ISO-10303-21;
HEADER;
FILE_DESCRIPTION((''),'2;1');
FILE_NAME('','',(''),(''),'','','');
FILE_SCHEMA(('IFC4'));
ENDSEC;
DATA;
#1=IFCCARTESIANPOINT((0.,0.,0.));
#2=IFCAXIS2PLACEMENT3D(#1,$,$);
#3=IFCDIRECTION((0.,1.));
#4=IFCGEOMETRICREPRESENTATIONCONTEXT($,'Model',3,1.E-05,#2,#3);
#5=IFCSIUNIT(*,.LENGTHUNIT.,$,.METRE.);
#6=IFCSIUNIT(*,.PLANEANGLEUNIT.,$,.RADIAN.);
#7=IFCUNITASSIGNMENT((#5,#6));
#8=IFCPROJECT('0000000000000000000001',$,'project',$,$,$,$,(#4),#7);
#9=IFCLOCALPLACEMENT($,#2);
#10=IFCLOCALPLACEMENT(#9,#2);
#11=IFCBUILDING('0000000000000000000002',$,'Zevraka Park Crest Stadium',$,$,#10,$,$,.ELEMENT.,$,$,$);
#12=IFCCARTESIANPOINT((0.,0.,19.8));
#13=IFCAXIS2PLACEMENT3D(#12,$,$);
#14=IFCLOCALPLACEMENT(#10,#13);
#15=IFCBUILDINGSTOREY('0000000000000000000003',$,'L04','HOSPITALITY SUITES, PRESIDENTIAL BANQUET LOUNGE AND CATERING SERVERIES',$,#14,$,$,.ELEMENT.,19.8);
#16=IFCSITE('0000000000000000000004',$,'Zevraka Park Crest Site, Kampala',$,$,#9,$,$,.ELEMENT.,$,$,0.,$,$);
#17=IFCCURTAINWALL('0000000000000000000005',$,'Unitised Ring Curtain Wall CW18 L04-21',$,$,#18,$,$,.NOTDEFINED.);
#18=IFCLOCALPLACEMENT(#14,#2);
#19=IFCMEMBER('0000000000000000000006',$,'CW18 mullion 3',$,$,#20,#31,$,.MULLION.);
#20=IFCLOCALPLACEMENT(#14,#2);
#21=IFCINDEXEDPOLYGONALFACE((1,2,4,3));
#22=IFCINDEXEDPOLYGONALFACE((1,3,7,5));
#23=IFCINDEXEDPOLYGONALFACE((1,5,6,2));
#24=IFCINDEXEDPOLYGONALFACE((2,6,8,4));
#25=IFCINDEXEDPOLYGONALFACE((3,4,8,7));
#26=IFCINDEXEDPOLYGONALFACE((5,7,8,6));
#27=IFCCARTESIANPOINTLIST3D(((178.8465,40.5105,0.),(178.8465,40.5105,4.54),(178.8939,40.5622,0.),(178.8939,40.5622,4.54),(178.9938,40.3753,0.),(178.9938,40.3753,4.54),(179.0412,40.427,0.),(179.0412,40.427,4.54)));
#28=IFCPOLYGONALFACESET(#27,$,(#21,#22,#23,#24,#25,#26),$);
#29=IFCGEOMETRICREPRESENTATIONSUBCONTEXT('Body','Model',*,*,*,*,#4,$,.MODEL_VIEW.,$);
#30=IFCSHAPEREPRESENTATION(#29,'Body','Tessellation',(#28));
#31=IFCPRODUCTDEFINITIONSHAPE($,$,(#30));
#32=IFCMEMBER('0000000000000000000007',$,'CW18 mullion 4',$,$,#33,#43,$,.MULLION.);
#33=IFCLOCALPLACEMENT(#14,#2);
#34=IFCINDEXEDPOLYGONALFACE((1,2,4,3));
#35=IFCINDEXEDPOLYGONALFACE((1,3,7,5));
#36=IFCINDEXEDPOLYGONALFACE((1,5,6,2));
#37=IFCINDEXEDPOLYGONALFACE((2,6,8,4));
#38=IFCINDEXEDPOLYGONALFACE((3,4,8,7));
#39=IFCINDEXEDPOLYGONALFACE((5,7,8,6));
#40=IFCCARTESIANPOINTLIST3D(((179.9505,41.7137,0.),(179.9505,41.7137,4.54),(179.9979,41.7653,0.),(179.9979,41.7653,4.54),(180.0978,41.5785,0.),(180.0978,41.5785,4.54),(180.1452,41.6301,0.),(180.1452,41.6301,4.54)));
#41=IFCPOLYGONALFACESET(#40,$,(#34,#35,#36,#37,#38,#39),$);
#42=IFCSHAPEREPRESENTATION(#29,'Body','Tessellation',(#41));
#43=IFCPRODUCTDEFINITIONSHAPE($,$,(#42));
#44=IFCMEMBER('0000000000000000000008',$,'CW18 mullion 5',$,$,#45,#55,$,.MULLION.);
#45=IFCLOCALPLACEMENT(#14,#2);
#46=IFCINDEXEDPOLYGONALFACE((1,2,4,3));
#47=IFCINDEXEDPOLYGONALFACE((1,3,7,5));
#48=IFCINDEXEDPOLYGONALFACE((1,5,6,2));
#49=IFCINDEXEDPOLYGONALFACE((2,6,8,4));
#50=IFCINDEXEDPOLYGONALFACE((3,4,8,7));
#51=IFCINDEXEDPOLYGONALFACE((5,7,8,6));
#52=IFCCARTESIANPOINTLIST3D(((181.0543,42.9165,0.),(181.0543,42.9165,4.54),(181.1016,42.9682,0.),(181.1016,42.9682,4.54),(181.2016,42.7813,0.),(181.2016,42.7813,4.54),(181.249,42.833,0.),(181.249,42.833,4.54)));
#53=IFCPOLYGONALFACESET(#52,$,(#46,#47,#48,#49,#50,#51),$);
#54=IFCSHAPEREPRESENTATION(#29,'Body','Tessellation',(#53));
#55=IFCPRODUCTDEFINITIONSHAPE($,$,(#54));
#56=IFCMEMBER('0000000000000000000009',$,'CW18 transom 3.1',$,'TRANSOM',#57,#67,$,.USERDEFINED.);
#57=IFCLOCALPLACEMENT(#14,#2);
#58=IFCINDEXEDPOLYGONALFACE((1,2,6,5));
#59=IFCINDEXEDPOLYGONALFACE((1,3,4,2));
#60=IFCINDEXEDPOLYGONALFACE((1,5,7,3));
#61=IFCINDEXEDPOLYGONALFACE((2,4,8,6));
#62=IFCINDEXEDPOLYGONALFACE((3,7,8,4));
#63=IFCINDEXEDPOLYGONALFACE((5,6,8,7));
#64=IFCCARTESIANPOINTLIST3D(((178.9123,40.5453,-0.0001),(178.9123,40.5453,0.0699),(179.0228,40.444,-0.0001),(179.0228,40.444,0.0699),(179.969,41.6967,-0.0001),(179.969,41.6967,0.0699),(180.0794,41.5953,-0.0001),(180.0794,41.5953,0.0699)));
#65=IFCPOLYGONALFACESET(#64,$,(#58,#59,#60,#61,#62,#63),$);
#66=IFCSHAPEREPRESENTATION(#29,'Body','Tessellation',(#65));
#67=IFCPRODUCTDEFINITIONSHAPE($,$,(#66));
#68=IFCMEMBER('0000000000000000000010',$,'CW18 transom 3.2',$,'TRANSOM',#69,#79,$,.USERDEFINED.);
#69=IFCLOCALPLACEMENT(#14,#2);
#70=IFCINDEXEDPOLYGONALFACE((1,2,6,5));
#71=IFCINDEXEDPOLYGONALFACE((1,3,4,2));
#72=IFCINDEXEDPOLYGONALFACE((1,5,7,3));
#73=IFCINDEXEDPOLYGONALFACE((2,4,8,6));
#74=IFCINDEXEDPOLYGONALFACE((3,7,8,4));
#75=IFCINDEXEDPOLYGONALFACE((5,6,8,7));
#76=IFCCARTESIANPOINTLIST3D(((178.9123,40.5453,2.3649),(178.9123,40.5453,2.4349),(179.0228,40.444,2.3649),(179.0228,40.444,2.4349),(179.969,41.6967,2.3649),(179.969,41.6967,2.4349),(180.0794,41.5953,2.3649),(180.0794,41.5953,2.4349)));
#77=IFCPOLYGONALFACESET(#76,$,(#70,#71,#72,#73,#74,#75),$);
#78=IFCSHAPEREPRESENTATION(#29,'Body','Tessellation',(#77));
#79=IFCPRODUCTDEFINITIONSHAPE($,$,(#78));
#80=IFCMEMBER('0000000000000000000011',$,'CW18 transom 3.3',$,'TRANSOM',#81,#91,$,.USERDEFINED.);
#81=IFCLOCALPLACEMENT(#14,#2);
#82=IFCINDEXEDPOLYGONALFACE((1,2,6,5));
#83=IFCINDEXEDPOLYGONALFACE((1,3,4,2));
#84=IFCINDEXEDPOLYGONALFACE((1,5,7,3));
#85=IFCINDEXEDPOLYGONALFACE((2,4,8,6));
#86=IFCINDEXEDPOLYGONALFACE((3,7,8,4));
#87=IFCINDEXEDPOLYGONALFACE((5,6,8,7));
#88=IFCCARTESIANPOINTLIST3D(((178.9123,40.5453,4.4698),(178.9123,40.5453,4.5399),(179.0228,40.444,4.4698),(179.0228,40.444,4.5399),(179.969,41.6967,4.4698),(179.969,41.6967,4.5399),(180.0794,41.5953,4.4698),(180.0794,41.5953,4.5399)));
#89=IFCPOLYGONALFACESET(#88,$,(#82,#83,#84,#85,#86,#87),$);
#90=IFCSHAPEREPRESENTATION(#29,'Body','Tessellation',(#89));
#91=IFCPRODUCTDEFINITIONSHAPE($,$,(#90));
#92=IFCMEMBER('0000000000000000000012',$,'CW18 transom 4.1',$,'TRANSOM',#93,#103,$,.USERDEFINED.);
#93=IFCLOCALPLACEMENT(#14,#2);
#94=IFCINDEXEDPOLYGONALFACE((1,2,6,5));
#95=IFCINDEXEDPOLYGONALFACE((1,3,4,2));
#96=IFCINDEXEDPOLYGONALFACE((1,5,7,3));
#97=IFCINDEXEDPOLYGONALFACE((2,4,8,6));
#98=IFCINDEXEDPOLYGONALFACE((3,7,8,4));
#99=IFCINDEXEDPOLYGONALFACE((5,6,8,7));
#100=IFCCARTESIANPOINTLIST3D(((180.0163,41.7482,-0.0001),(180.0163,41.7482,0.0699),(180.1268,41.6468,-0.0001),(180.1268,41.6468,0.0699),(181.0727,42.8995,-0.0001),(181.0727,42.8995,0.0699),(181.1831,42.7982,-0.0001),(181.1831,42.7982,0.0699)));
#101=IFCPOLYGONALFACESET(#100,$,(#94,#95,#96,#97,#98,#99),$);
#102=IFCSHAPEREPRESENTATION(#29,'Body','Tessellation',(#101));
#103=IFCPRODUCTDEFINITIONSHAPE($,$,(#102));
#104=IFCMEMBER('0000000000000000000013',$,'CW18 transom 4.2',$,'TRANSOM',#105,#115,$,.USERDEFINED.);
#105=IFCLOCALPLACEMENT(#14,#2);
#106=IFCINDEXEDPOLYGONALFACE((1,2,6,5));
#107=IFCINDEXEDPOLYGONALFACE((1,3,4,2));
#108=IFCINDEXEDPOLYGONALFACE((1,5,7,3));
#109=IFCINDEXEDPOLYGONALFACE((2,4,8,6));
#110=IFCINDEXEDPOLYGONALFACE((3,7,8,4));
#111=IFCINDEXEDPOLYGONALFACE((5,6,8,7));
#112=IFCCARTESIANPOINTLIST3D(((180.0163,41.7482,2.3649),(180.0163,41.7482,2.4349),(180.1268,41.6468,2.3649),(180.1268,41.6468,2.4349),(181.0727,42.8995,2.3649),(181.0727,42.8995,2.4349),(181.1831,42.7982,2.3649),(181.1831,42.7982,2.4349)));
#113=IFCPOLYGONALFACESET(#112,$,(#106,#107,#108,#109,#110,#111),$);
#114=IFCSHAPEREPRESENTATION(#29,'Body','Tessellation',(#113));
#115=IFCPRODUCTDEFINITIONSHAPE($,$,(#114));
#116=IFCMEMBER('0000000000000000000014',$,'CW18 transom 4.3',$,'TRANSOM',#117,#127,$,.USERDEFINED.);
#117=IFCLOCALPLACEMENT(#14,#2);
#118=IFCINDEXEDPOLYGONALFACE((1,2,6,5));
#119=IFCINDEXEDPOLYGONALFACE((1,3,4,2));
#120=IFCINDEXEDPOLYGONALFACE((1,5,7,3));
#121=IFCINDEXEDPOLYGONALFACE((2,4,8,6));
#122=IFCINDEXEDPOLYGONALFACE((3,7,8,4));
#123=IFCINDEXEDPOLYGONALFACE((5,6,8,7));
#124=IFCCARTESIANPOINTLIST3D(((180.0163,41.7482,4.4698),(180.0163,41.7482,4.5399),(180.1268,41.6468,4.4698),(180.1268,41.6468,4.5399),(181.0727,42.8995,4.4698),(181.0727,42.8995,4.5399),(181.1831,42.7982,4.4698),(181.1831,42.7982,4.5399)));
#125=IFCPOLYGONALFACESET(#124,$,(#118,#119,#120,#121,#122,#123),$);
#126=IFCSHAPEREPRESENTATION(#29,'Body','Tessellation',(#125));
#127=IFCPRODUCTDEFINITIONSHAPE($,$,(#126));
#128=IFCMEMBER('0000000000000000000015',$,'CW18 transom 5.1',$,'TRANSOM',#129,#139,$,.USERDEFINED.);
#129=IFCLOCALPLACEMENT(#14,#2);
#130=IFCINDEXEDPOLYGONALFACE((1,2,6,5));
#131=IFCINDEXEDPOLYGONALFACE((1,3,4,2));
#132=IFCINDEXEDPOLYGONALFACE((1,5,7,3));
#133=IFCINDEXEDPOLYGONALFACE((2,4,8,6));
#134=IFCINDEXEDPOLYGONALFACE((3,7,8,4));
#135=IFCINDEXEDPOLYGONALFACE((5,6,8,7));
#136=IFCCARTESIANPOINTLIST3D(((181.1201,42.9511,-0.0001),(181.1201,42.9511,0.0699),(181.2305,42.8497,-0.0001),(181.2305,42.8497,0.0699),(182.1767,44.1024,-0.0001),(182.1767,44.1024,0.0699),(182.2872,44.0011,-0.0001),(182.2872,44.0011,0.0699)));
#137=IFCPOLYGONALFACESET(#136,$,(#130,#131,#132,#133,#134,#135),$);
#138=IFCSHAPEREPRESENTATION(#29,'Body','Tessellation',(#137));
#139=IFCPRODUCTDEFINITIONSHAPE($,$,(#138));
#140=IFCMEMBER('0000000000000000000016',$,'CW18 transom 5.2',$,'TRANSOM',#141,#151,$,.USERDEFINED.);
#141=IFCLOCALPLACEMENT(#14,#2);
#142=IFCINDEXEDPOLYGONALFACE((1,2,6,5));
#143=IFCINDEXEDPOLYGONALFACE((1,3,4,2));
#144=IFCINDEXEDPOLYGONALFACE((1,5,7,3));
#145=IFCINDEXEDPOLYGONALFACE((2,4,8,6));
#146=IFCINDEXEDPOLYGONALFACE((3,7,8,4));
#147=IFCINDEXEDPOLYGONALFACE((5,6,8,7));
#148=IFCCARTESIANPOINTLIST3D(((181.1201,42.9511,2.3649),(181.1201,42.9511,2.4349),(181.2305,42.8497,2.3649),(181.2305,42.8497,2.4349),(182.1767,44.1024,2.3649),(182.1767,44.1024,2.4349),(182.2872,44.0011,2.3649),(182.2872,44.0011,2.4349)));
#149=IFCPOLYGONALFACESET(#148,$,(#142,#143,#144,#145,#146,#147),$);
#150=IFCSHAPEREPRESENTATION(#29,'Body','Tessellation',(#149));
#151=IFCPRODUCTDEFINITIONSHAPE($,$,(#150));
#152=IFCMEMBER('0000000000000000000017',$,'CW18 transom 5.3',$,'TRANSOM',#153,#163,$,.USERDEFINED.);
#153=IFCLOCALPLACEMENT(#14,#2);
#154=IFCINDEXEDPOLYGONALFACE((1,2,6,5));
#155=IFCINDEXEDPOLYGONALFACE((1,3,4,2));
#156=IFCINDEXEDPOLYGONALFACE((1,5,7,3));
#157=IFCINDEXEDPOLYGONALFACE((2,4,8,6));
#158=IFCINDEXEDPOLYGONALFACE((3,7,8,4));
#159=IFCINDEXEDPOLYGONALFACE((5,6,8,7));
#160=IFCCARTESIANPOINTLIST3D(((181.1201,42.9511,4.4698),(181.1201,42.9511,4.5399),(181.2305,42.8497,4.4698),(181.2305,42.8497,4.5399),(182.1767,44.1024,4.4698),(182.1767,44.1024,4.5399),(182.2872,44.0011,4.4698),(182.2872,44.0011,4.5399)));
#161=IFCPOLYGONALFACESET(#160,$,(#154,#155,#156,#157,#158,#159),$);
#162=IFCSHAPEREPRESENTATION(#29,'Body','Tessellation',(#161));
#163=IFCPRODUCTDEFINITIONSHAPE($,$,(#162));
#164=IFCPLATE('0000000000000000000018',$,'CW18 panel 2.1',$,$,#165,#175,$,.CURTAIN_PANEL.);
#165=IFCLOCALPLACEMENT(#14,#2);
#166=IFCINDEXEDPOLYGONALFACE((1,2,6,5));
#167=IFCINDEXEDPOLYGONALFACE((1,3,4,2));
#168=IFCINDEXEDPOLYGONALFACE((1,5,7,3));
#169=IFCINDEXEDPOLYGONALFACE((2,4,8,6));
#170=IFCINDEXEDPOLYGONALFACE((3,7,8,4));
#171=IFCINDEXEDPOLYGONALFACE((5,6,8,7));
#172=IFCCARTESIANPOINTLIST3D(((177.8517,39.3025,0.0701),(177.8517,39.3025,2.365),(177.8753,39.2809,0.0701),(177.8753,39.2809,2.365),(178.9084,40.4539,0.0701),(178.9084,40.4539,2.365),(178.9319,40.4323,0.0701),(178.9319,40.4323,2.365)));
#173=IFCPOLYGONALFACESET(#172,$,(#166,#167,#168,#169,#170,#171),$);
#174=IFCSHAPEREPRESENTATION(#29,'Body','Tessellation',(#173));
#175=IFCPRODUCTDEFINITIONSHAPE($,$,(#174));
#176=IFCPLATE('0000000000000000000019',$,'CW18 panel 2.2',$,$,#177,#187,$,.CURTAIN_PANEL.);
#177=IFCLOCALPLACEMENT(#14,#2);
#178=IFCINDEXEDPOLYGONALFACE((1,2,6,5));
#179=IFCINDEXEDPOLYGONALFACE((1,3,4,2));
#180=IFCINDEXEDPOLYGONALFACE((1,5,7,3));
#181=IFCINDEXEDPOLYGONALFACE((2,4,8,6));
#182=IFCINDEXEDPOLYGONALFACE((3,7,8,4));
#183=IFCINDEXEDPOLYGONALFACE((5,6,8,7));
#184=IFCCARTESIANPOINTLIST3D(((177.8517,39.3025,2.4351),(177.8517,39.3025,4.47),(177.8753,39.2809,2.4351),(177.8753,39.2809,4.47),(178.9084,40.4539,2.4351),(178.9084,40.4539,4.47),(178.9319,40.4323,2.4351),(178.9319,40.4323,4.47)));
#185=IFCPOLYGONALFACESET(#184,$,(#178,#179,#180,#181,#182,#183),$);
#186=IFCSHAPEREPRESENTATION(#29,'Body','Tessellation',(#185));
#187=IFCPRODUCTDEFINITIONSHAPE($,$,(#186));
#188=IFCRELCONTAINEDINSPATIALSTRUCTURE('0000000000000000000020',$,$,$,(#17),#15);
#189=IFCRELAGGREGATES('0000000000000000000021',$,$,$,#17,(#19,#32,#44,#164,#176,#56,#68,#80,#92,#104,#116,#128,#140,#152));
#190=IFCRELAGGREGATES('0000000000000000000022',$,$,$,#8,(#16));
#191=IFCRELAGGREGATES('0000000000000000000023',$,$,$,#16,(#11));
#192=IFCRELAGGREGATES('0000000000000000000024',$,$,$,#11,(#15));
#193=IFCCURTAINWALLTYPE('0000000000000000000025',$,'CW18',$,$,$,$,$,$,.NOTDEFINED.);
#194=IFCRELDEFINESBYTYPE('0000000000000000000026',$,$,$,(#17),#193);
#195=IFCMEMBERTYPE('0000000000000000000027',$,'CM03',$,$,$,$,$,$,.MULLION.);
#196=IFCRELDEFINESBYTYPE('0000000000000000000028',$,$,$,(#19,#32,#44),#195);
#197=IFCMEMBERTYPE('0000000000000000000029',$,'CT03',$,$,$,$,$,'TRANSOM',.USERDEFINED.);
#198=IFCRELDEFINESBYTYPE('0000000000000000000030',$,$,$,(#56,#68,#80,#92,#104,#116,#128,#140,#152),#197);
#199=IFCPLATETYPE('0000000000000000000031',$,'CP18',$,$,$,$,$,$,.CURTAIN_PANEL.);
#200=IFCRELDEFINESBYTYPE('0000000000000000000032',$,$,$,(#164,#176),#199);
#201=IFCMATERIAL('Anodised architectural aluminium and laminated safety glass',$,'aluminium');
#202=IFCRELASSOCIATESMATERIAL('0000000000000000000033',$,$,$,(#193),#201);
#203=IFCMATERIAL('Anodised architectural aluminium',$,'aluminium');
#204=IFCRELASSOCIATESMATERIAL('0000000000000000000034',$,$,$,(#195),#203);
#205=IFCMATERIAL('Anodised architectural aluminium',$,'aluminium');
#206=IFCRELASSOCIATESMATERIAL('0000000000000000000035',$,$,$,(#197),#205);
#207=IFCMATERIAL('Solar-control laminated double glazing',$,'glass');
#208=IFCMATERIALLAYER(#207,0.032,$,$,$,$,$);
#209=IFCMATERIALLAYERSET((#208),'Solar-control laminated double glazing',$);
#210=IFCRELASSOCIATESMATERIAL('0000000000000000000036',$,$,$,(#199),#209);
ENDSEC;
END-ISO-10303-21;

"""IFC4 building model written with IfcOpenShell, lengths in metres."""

from ifc_helpers import new_model, si_unit, direction, frame, origin, origin_2d, place, context, subcontext, project, spatial, rectangle, extrude, material, layer, layer_set, material_profile, profile_set, type_object, element, aggregate, save


model = new_model("IFC4")

# Units and contexts
model_context = context("Model", 3, precision=1e-05, world=origin(), true_north=direction((0.0, 1.0)))
body_context = subcontext(model_context, "Body", "Model", "MODEL_VIEW")
ifc_project = project(units=[si_unit("LENGTHUNIT", "METRE"), si_unit("PLANEANGLEUNIT", "RADIAN")], contexts=[model_context])

# Site, building, storey
site_placement = place(None, origin())
site = spatial("IfcSite", under=ifc_project, at=site_placement, Name="Zevraka Park Crest Site, Kampala", CompositionType="ELEMENT", RefElevation=0.0)
building_placement = place(site_placement, origin())
building = spatial("IfcBuilding", under=site, at=building_placement, Name="Zevraka Park Crest Stadium", CompositionType="ELEMENT")
storey_placement = place(building_placement, frame((0.0, 0.0, 19.8)))
storey = spatial("IfcBuildingStorey", under=building, at=storey_placement, Name="L04", Description="HOSPITALITY SUITES, PRESIDENTIAL BANQUET LOUNGE AND CATERING SERVERIES", CompositionType="ELEMENT", Elevation=19.8)

# Curtain wall, members, plates
ifc_material_1 = material(Name="Anodised architectural aluminium and laminated safety glass", Category="aluminium")
curtain_wall_type = type_object("IfcCurtainWallType", Name="CW18", PredefinedType="NOTDEFINED", material=ifc_material_1)
curtain_wall_placement = place(storey_placement, origin())
curtain_wall = element("IfcCurtainWall", 1, at=curtain_wall_placement, inside=storey, type_object=curtain_wall_type, Name="Unitised Ring Curtain Wall CW18 L04-21", PredefinedType="NOTDEFINED")
ifc_material_2 = material(Name="Anodised architectural aluminium", Category="aluminium")
ifc_material_profile_1 = material_profile(ifc_material_2, rectangle(XDim=0.2, YDim=0.0701, at=origin_2d()), Name="ALU MULLION 200x70")
ifc_profile_set_1 = profile_set([ifc_material_profile_1], Name="Anodised architectural aluminium")
member_type_1 = type_object("IfcMemberType", Name="CM03", PredefinedType="MULLION", material=ifc_profile_set_1)
member_1_placement = place(storey_placement, frame((178.9438, 40.4688, 0.0), z_axis=(0.0, 0.0, 1.0), x_axis=(-0.736775, 0.676138, 0.0)))
member_1 = element("IfcMember", 2, at=member_1_placement, type_object=member_type_1, Name="CW18 mullion 3", PredefinedType="MULLION", context=body_context, shape_type="SweptSolid", body=[
    extrude(rectangle(XDim=0.2, YDim=0.0701, at=origin_2d()), origin(), (0.0, 0.0, 1.0), 4.54),
])
member_2_placement = place(storey_placement, frame((180.0479, 41.6719, 0.0), z_axis=(0.0, 0.0, 1.0), x_axis=(-0.736775, 0.676138, 0.0)))
member_2 = element("IfcMember", 3, at=member_2_placement, type_object=member_type_1, Name="CW18 mullion 4", PredefinedType="MULLION", context=body_context, shape_type="SweptSolid", body=[
    extrude(rectangle(XDim=0.2, YDim=0.0701, at=origin_2d()), origin(), (0.0, 0.0, 1.0), 4.54),
])
member_3_placement = place(storey_placement, frame((181.1516, 42.8748, 0.0), z_axis=(0.0, 0.0, 1.0), x_axis=(-0.736775, 0.676138, 0.0)))
member_3 = element("IfcMember", 4, at=member_3_placement, type_object=member_type_1, Name="CW18 mullion 5", PredefinedType="MULLION", context=body_context, shape_type="SweptSolid", body=[
    extrude(rectangle(XDim=0.2, YDim=0.0701, at=origin_2d()), origin(), (0.0, 0.0, 1.0), 4.54),
])
ifc_material_3 = material(Name="Anodised architectural aluminium", Category="aluminium")
ifc_material_profile_2 = material_profile(ifc_material_3, rectangle(XDim=0.1499, YDim=0.0701, at=origin_2d()), Name="ALU TRANSOM 150x70")
ifc_profile_set_2 = profile_set([ifc_material_profile_2], Name="Anodised architectural aluminium")
member_type_2 = type_object("IfcMemberType", Name="CT03", ElementType="TRANSOM", PredefinedType="USERDEFINED", material=ifc_profile_set_2)
member_4_placement = place(storey_placement, frame((178.9675, 40.4946, 0.0349), z_axis=(0.676149, 0.736765, 0.0), x_axis=(-0.736765, 0.676149, 0.0)))
member_4 = element("IfcMember", 5, at=member_4_placement, type_object=member_type_2, Name="CW18 transom 3.1", ObjectType="TRANSOM", PredefinedType="USERDEFINED", context=body_context, shape_type="SweptSolid", body=[
    extrude(rectangle(XDim=0.1499, YDim=0.0701, at=origin_2d()), origin(), (0.0, 0.0, 1.0), 1.5627),
])
member_5_placement = place(storey_placement, frame((178.9675, 40.4946, 2.3999), z_axis=(0.676149, 0.736765, 0.0), x_axis=(-0.736765, 0.676149, 0.0)))
member_5 = element("IfcMember", 6, at=member_5_placement, type_object=member_type_2, Name="CW18 transom 3.2", ObjectType="TRANSOM", PredefinedType="USERDEFINED", context=body_context, shape_type="SweptSolid", body=[
    extrude(rectangle(XDim=0.1499, YDim=0.0701, at=origin_2d()), origin(), (0.0, 0.0, 1.0), 1.5627),
])
member_6_placement = place(storey_placement, frame((178.9675, 40.4946, 4.5049), z_axis=(0.676149, 0.736765, 0.0), x_axis=(-0.736765, 0.676149, 0.0)))
member_6 = element("IfcMember", 7, at=member_6_placement, type_object=member_type_2, Name="CW18 transom 3.3", ObjectType="TRANSOM", PredefinedType="USERDEFINED", context=body_context, shape_type="SweptSolid", body=[
    extrude(rectangle(XDim=0.1499, YDim=0.0701, at=origin_2d()), origin(), (0.0, 0.0, 1.0), 1.5627),
])
member_7_placement = place(storey_placement, frame((180.0715, 41.6975, 0.0349), z_axis=(0.676064, 0.736843, 0.0), x_axis=(-0.736843, 0.676064, 0.0)))
member_7 = element("IfcMember", 8, at=member_7_placement, type_object=member_type_2, Name="CW18 transom 4.1", ObjectType="TRANSOM", PredefinedType="USERDEFINED", context=body_context, shape_type="SweptSolid", body=[
    extrude(rectangle(XDim=0.1499, YDim=0.0701, at=origin_2d()), origin(), (0.0, 0.0, 1.0), 1.5625),
])
member_8_placement = place(storey_placement, frame((180.0715, 41.6975, 2.3999), z_axis=(0.676064, 0.736843, 0.0), x_axis=(-0.736843, 0.676064, 0.0)))
member_8 = element("IfcMember", 9, at=member_8_placement, type_object=member_type_2, Name="CW18 transom 4.2", ObjectType="TRANSOM", PredefinedType="USERDEFINED", context=body_context, shape_type="SweptSolid", body=[
    extrude(rectangle(XDim=0.1499, YDim=0.0701, at=origin_2d()), origin(), (0.0, 0.0, 1.0), 1.5625),
])
member_9_placement = place(storey_placement, frame((180.0715, 41.6975, 4.5049), z_axis=(0.676064, 0.736843, 0.0), x_axis=(-0.736843, 0.676064, 0.0)))
member_9 = element("IfcMember", 10, at=member_9_placement, type_object=member_type_2, Name="CW18 transom 4.3", ObjectType="TRANSOM", PredefinedType="USERDEFINED", context=body_context, shape_type="SweptSolid", body=[
    extrude(rectangle(XDim=0.1499, YDim=0.0701, at=origin_2d()), origin(), (0.0, 0.0, 1.0), 1.5625),
])
member_10_placement = place(storey_placement, frame((181.1753, 42.9004, 0.0349), z_axis=(0.676149, 0.736765, 0.0), x_axis=(-0.736765, 0.676149, 0.0)))
member_10 = element("IfcMember", 11, at=member_10_placement, type_object=member_type_2, Name="CW18 transom 5.1", ObjectType="TRANSOM", PredefinedType="USERDEFINED", context=body_context, shape_type="SweptSolid", body=[
    extrude(rectangle(XDim=0.1499, YDim=0.0701, at=origin_2d()), origin(), (0.0, 0.0, 1.0), 1.5627),
])
member_11_placement = place(storey_placement, frame((181.1753, 42.9004, 2.3999), z_axis=(0.676149, 0.736765, 0.0), x_axis=(-0.736765, 0.676149, 0.0)))
member_11 = element("IfcMember", 12, at=member_11_placement, type_object=member_type_2, Name="CW18 transom 5.2", ObjectType="TRANSOM", PredefinedType="USERDEFINED", context=body_context, shape_type="SweptSolid", body=[
    extrude(rectangle(XDim=0.1499, YDim=0.0701, at=origin_2d()), origin(), (0.0, 0.0, 1.0), 1.5627),
])
member_12_placement = place(storey_placement, frame((181.1753, 42.9004, 4.5049), z_axis=(0.676149, 0.736765, 0.0), x_axis=(-0.736765, 0.676149, 0.0)))
member_12 = element("IfcMember", 13, at=member_12_placement, type_object=member_type_2, Name="CW18 transom 5.3", ObjectType="TRANSOM", PredefinedType="USERDEFINED", context=body_context, shape_type="SweptSolid", body=[
    extrude(rectangle(XDim=0.1499, YDim=0.0701, at=origin_2d()), origin(), (0.0, 0.0, 1.0), 1.5627),
])
ifc_material_4 = material(Name="Solar-control laminated double glazing", Category="glass")
ifc_layer_1 = layer(ifc_material_4, 0.032)
ifc_layer_set_1 = layer_set([ifc_layer_1], Name="Solar-control laminated double glazing")
plate_type = type_object("IfcPlateType", Name="CP18", PredefinedType="CURTAIN_PANEL", material=ifc_layer_set_1)
plate_1_placement = place(storey_placement, frame((178.3918, 39.8674, 0.0701), z_axis=(0.0, 0.0, 1.0), x_axis=(0.676138, 0.736775, 0.0)))
plate_1 = element("IfcPlate", 14, at=plate_1_placement, type_object=plate_type, Name="CW18 panel 2.1", PredefinedType="CURTAIN_PANEL", context=body_context, shape_type="SweptSolid", body=[
    extrude(rectangle(XDim=1.5627, YDim=0.032, at=origin_2d()), origin(), (0.0, 0.0, 1.0), 2.2949),
])
plate_2_placement = place(storey_placement, frame((178.3918, 39.8674, 2.4351), z_axis=(0.0, 0.0, 1.0), x_axis=(0.676138, 0.736775, 0.0)))
plate_2 = element("IfcPlate", 15, at=plate_2_placement, type_object=plate_type, Name="CW18 panel 2.2", PredefinedType="CURTAIN_PANEL", context=body_context, shape_type="SweptSolid", body=[
    extrude(rectangle(XDim=1.5627, YDim=0.032, at=origin_2d()), origin(), (0.0, 0.0, 1.0), 2.0349),
])
aggregate(curtain_wall, [member_1, member_2, member_3, plate_1, plate_2, member_4, member_5, member_6, member_7, member_8, member_9, member_10, member_11, member_12])

save(model, "model.ifc")
